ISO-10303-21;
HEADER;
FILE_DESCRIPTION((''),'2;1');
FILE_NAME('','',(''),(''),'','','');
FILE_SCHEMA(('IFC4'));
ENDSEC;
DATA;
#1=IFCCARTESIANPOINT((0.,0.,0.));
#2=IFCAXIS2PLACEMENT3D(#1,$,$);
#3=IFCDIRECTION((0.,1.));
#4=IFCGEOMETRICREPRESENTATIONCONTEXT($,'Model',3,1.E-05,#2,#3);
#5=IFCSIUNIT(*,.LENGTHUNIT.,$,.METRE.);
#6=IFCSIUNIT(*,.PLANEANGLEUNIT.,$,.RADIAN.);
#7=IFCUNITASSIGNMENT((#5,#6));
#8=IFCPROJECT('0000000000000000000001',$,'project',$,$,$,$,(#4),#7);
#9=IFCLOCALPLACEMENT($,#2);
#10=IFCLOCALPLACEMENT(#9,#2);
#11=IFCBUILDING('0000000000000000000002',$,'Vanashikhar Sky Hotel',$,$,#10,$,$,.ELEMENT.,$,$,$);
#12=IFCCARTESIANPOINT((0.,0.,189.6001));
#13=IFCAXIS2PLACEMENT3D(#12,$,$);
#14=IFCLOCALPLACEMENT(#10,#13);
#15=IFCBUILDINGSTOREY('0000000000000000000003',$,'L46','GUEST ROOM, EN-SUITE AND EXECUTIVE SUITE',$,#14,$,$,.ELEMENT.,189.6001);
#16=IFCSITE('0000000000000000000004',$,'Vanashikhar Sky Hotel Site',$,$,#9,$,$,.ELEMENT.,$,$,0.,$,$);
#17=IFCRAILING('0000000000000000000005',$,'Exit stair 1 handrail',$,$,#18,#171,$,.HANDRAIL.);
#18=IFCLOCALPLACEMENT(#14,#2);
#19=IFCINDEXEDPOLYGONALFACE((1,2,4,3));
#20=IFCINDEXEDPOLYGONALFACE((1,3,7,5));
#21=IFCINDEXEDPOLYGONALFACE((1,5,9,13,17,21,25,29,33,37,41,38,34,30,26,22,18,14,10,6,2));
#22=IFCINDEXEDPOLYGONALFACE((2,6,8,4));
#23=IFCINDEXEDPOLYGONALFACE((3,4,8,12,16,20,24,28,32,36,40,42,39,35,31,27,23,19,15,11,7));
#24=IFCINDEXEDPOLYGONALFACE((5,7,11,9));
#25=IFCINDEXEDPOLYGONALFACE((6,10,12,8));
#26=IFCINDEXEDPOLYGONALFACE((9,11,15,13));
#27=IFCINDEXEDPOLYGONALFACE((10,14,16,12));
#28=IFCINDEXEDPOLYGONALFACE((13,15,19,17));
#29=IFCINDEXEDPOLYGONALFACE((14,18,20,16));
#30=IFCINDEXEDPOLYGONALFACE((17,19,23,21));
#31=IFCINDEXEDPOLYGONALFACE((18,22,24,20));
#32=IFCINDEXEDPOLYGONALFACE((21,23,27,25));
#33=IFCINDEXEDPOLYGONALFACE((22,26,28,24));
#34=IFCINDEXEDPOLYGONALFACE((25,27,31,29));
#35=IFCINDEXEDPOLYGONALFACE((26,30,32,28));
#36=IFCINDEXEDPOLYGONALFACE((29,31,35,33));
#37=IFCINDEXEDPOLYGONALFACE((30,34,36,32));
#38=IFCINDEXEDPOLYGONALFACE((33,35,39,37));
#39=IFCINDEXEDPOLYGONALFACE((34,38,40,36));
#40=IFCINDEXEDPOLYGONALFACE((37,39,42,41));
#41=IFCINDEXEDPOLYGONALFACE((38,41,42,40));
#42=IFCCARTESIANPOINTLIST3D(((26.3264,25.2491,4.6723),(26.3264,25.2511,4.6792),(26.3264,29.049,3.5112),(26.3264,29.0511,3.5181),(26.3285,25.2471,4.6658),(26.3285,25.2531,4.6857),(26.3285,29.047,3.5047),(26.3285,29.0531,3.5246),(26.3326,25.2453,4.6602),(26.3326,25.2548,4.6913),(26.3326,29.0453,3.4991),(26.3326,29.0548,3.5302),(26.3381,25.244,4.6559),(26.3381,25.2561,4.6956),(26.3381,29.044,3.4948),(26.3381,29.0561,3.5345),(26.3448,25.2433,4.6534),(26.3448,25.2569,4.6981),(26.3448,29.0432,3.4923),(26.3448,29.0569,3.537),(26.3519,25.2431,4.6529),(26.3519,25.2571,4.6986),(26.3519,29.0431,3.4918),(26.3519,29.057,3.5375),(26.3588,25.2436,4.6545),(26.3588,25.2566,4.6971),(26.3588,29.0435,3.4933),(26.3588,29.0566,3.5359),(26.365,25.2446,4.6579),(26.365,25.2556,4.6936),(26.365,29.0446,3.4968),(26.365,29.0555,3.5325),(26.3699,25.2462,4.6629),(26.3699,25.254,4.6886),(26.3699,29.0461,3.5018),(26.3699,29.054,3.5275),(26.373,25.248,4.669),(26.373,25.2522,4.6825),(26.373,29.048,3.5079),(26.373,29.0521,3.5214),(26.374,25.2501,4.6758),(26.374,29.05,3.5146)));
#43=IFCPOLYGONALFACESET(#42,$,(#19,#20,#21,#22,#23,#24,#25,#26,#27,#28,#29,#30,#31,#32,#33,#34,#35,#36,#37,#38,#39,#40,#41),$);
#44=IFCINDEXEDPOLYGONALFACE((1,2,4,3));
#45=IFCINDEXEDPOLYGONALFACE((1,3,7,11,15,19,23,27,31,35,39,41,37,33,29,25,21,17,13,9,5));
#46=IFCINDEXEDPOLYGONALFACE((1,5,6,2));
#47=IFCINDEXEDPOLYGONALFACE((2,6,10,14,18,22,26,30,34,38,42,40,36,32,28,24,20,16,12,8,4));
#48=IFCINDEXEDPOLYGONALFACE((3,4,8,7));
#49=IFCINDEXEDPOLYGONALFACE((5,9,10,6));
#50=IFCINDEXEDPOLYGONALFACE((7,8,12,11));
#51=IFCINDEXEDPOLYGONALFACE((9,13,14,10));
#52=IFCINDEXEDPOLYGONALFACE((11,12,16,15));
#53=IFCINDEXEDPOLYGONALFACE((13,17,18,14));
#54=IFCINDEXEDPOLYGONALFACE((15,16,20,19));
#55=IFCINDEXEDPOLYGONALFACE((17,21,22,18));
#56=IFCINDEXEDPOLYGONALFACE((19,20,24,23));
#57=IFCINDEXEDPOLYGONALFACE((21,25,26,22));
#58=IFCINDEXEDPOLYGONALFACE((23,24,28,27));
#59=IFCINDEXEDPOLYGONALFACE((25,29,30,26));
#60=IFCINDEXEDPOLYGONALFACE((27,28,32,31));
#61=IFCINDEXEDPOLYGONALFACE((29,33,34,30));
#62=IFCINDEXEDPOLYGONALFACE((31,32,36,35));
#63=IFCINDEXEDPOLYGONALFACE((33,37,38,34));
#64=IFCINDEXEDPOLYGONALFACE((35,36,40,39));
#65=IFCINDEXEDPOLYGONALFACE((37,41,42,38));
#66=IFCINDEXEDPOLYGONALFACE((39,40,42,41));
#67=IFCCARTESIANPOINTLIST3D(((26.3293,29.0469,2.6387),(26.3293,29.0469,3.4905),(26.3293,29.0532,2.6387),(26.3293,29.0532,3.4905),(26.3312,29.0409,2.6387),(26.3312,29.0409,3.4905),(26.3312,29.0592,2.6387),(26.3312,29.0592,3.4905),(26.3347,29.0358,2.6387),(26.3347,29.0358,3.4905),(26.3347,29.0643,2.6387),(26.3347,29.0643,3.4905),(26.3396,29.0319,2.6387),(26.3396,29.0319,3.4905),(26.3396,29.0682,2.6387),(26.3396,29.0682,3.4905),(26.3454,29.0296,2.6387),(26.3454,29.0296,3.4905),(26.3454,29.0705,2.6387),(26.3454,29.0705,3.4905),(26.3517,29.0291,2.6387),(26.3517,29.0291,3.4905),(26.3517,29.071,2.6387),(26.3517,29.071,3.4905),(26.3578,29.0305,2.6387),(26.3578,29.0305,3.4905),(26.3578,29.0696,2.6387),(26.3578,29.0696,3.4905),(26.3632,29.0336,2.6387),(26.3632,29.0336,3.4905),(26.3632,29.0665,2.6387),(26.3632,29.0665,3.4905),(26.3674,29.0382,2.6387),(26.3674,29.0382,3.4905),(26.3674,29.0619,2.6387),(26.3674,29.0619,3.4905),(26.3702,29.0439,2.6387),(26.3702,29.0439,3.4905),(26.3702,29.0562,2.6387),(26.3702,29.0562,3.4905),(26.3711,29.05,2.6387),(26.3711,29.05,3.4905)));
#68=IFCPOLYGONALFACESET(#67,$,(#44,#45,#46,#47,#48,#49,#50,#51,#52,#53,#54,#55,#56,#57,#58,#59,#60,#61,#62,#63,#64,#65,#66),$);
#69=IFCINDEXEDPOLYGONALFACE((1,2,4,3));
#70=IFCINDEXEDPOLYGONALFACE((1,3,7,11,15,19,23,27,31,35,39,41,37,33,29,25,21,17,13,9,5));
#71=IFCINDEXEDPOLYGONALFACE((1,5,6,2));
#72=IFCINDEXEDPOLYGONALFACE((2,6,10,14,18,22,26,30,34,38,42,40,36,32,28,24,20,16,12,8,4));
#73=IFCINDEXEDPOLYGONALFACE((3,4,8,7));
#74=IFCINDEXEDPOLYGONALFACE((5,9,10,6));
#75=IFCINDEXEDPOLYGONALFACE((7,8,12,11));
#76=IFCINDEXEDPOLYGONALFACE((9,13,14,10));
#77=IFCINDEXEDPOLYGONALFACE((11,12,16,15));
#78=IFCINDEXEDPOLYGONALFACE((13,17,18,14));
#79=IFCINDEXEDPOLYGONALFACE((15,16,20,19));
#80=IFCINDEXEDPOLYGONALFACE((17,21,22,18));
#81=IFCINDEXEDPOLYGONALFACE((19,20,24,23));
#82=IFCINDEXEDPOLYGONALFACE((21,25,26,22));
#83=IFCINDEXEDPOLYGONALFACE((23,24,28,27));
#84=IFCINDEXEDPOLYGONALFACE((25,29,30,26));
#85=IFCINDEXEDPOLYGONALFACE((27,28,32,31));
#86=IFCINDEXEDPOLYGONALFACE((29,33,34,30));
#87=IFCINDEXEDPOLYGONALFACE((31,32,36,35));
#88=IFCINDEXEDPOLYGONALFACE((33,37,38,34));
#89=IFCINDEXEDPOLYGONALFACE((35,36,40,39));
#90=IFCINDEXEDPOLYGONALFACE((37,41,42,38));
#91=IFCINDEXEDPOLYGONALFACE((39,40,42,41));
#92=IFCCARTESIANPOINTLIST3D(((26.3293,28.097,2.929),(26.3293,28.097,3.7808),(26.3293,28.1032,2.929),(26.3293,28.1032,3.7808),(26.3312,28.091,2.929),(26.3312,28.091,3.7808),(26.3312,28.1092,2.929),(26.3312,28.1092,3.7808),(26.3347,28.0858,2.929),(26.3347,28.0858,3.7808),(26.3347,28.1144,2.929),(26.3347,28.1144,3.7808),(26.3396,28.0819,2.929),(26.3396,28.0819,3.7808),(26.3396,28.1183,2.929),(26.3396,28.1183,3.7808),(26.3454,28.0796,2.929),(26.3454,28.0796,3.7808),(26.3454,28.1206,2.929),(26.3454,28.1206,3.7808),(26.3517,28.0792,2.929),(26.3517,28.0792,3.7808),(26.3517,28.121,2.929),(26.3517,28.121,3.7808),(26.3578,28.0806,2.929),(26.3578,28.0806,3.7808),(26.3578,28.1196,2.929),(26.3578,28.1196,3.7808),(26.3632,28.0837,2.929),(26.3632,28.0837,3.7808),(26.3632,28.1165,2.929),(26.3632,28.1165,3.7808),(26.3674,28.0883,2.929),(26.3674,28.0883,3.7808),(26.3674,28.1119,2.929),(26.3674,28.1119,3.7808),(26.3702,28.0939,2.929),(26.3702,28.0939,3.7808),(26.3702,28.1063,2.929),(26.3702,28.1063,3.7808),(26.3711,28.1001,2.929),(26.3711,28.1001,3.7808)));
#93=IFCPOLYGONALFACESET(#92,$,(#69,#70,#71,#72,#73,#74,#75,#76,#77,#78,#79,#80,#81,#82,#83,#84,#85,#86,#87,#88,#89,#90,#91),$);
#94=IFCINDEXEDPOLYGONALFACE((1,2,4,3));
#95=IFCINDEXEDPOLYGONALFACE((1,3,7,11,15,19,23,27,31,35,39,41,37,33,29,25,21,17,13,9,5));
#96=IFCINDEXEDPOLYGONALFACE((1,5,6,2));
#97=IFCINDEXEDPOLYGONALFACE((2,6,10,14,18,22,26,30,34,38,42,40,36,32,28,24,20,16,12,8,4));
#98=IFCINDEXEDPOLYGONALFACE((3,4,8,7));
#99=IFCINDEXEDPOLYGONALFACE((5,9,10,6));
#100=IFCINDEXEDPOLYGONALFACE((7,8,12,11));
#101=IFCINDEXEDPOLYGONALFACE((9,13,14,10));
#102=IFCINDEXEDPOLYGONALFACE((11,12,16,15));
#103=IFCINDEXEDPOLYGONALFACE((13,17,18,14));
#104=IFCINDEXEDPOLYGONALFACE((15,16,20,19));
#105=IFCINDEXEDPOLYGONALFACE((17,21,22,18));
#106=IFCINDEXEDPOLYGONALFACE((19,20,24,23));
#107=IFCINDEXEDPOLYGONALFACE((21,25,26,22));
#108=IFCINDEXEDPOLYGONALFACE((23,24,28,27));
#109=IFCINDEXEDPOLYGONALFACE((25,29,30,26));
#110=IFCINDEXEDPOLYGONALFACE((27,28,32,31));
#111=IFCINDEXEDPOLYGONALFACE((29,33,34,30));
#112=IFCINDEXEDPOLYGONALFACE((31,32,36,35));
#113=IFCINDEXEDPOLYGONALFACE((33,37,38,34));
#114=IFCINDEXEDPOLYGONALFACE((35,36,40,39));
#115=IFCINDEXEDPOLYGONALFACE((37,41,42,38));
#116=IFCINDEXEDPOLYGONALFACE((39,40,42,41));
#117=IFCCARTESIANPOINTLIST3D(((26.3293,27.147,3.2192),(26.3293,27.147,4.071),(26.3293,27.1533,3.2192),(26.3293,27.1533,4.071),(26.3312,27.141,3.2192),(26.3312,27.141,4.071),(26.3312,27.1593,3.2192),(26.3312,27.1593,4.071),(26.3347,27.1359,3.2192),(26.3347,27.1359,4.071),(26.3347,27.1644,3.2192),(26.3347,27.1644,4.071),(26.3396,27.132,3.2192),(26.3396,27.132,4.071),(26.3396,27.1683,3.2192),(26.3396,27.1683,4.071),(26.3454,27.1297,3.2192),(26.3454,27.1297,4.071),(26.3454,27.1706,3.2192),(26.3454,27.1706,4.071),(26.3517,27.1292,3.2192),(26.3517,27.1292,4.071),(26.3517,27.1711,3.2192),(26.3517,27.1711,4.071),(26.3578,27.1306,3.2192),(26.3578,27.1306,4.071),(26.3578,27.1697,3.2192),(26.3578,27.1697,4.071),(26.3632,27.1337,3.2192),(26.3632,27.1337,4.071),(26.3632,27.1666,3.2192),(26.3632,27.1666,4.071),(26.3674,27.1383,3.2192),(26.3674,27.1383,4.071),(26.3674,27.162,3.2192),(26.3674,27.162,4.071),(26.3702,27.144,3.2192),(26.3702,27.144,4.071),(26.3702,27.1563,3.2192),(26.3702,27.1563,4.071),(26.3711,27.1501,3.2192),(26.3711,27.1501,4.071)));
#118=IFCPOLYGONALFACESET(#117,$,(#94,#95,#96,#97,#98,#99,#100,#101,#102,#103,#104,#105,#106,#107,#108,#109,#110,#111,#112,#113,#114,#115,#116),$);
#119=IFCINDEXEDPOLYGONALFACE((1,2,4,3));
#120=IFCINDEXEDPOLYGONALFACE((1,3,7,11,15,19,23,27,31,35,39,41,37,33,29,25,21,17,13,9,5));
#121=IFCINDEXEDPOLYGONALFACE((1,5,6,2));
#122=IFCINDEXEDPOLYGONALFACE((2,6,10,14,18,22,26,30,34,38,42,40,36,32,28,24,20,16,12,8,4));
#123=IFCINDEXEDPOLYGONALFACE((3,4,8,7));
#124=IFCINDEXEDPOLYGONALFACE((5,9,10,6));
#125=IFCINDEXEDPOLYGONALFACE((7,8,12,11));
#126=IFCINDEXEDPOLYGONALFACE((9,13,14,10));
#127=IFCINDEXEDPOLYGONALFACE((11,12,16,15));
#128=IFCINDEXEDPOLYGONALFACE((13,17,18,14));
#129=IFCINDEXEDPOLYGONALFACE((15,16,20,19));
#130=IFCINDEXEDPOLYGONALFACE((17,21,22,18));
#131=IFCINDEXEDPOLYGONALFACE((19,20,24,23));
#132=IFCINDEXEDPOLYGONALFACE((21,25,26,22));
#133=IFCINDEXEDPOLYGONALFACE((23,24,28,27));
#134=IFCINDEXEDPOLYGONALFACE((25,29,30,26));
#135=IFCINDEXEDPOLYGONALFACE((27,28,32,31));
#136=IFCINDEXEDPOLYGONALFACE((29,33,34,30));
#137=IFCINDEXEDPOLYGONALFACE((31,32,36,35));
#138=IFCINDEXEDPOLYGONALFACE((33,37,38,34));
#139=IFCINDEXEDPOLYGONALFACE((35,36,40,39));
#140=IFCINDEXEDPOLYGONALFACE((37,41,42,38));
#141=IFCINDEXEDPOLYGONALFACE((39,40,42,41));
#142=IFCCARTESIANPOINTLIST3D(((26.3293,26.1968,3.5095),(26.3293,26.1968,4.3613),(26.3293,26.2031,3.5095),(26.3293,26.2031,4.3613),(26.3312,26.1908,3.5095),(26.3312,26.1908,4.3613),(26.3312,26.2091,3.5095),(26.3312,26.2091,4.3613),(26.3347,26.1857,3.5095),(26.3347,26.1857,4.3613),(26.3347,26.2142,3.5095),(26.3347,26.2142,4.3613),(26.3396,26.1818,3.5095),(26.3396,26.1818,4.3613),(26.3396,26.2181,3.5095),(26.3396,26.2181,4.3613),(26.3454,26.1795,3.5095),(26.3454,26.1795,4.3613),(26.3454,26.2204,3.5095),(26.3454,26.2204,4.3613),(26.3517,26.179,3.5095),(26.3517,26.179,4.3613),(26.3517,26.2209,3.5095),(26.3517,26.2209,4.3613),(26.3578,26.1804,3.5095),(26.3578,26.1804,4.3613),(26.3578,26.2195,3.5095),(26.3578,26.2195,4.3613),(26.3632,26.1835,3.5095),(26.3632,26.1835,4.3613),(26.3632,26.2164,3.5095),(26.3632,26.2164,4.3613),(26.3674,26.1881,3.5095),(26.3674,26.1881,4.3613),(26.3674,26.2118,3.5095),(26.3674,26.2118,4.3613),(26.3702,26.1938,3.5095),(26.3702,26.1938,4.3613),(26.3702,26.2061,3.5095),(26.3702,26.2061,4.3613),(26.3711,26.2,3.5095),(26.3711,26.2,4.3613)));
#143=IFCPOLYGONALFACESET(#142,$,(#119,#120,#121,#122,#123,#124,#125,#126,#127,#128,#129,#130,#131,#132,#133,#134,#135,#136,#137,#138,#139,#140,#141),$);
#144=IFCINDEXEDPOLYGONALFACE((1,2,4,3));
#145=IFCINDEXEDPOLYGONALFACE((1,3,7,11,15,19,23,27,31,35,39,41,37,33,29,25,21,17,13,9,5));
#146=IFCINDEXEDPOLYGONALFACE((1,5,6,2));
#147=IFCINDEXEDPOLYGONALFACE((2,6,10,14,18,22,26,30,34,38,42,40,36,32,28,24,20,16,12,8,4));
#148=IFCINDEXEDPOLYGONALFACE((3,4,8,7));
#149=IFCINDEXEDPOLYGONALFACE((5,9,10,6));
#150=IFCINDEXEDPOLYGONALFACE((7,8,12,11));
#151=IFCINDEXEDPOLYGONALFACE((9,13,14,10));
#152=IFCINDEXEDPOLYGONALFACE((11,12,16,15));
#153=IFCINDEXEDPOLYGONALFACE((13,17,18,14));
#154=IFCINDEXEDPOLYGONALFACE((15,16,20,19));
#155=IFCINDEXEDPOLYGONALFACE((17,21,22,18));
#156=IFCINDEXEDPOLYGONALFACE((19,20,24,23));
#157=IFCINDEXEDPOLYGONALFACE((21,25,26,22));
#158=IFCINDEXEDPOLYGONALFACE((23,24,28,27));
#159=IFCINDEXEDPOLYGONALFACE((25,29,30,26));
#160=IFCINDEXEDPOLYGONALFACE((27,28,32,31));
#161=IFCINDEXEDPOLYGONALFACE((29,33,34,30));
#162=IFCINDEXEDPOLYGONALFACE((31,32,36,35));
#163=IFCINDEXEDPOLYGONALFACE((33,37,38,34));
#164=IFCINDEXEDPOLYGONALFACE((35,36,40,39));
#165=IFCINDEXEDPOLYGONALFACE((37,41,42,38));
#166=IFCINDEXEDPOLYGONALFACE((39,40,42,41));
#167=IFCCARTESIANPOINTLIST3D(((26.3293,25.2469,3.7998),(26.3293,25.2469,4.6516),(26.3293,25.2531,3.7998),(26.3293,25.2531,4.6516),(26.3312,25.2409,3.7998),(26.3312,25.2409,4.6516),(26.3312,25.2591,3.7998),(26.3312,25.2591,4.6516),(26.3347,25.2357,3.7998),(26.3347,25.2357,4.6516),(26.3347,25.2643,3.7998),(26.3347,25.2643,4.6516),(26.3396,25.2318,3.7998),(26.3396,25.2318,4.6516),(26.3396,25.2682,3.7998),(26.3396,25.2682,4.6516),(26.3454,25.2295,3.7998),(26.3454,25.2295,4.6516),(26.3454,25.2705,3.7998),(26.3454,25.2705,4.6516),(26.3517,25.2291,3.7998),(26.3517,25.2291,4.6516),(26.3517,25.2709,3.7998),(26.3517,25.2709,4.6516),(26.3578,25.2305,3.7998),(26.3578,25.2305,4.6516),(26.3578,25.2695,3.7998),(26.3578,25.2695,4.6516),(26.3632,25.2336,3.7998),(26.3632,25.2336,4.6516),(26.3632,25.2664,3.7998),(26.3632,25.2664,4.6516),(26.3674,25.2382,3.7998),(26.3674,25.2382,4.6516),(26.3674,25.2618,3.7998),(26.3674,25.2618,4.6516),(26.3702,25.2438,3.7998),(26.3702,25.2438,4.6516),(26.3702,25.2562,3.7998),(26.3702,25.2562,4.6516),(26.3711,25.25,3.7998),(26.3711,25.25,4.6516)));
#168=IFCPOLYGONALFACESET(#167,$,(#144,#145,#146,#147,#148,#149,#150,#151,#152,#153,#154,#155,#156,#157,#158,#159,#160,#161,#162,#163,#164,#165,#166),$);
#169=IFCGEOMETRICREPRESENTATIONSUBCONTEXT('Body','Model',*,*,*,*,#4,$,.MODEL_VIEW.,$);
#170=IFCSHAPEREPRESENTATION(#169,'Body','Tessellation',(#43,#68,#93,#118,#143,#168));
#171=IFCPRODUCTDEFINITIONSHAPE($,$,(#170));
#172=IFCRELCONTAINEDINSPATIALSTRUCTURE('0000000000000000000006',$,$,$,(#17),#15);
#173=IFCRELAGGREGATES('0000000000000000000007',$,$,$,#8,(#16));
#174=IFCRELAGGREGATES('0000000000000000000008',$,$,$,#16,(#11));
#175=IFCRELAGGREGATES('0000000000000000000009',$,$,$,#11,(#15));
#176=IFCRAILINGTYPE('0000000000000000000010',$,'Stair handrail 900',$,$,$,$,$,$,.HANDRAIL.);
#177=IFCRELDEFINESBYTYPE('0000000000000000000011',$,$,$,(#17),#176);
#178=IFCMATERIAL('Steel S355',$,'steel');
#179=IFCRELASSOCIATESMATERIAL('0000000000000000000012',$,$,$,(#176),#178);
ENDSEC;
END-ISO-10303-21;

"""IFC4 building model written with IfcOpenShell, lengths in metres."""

from ifc_helpers import new_model, si_unit, direction, frame, origin, origin_2d, place, context, subcontext, project, spatial, circle, extrude, source, transform, mapped, material, type_object, element, save


model = new_model("IFC4")

# Units and contexts
model_context = context("Model", 3, precision=1e-05, world=origin(), true_north=direction((0.0, 1.0)))
body_context = subcontext(model_context, "Body", "Model", "MODEL_VIEW")
ifc_project = project(units=[si_unit("LENGTHUNIT", "METRE"), si_unit("PLANEANGLEUNIT", "RADIAN")], contexts=[model_context])

# Site, building, storey
site_placement = place(None, origin())
site = spatial("IfcSite", under=ifc_project, at=site_placement, Name="Vanashikhar Sky Hotel Site", CompositionType="ELEMENT", RefElevation=0.0)
building_placement = place(site_placement, origin())
building = spatial("IfcBuilding", under=site, at=building_placement, Name="Vanashikhar Sky Hotel", CompositionType="ELEMENT")
storey_placement = place(building_placement, frame((0.0, 0.0, 189.6001)))
storey = spatial("IfcBuildingStorey", under=building, at=storey_placement, Name="L46", Description="GUEST ROOM, EN-SUITE AND EXECUTIVE SUITE", CompositionType="ELEMENT", Elevation=189.6001)

# Railing
ifc_material_1 = material(Name="Steel S355", Category="steel")
railing_type_1 = type_object("IfcRailingType", Name="Stair handrail 900", PredefinedType="HANDRAIL", material=ifc_material_1)
shared_shape_1 = source(origin(), body_context, "Body", "SweptSolid", [
    extrude(circle(Radius=0.0239, at=origin_2d()), frame((0.0, 0.0, 0.876), z_axis=(0.0, -0.956351, 0.29222), x_axis=(1.0, 0.0, 0.0)), (0.0, 0.0, 1.0), 3.9734),
    extrude(circle(Radius=0.021, at=origin_2d()), origin(), (0.0, 0.0, 1.0), 0.8518),
    extrude(circle(Radius=0.021, at=origin_2d()), frame((0.0, -0.95, 0.2903)), (0.0, 0.0, 1.0), 0.8518),
    extrude(circle(Radius=0.021, at=origin_2d()), frame((0.0, -1.8999, 0.5806)), (0.0, 0.0, 1.0), 0.8518),
    extrude(circle(Radius=0.021, at=origin_2d()), frame((0.0, -2.8501, 0.8708)), (0.0, 0.0, 1.0), 0.8518),
    extrude(circle(Radius=0.021, at=origin_2d()), frame((0.0, -3.8, 1.1611)), (0.0, 0.0, 1.0), 0.8518),
])
for number, where, name in (
    (1, (26.3501, 29.05, 2.6387), "Exit stair 1 handrail"),
):
    element("IfcRailing", number, at=place(storey_placement, frame(where)), inside=storey, type_object=railing_type_1, Name=name, PredefinedType="HANDRAIL", context=body_context, shape_type="MappedRepresentation", body=[
        mapped(shared_shape_1, transform((0.0, 0.0, 0.0), scale=1.0)),
    ])

save(model, "model.ifc")
